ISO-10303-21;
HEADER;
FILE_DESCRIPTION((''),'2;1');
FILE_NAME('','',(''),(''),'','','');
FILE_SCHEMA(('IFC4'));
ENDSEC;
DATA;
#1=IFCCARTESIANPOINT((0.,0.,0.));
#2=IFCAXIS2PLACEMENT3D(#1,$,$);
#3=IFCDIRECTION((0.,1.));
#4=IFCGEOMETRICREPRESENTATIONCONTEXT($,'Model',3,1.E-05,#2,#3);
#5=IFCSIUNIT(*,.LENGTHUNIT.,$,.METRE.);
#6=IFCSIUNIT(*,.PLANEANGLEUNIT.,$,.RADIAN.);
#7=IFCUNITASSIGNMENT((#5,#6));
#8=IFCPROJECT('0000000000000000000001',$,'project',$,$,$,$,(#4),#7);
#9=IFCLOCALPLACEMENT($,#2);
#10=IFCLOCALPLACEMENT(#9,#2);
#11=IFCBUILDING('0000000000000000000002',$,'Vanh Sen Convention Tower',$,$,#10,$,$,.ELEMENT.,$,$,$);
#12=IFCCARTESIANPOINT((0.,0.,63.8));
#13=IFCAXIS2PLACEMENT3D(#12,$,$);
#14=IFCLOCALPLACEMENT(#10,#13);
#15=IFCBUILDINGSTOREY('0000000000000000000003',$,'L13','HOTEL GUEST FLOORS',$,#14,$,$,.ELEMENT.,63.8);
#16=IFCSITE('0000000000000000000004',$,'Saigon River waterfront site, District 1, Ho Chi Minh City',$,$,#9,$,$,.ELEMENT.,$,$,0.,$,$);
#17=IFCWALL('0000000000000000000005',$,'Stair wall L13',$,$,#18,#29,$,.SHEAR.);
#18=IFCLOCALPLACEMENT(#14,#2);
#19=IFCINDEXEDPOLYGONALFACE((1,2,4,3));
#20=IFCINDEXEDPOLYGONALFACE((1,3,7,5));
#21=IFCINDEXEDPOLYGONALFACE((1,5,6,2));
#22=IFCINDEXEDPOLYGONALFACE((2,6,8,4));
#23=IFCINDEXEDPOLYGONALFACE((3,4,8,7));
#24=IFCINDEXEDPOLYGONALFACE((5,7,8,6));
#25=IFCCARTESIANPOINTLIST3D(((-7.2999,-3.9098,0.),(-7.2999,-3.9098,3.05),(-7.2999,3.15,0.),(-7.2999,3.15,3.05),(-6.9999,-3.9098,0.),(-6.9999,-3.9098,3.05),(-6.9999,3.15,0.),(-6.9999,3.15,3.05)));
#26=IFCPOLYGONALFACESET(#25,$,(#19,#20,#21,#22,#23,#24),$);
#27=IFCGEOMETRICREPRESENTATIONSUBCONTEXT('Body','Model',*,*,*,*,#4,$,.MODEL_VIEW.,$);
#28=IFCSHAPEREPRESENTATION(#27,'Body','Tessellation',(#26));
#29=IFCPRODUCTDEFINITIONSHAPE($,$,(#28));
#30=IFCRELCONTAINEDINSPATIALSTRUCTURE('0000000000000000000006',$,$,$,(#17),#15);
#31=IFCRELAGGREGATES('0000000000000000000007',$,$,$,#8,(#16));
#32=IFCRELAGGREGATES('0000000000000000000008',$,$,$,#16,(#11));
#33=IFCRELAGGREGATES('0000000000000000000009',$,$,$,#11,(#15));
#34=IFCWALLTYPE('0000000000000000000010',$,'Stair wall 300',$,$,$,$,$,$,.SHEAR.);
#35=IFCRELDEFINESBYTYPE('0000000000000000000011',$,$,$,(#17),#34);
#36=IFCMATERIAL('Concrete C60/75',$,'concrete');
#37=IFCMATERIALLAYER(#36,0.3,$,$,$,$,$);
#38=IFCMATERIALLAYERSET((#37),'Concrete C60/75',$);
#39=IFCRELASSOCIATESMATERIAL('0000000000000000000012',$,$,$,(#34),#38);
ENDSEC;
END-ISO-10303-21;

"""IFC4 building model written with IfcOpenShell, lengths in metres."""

from ifc_helpers import new_model, si_unit, direction, frame, frame_2d, origin, place, context, subcontext, project, spatial, rectangle, extrude, material, layer, layer_set, type_object, element, save


model = new_model("IFC4")

# Units and contexts
model_context = context("Model", 3, precision=1e-05, world=origin(), true_north=direction((0.0, 1.0)))
body_context = subcontext(model_context, "Body", "Model", "MODEL_VIEW")
ifc_project = project(units=[si_unit("LENGTHUNIT", "METRE"), si_unit("PLANEANGLEUNIT", "RADIAN")], contexts=[model_context])

# Site, building, storey
site_placement = place(None, origin())
site = spatial("IfcSite", under=ifc_project, at=site_placement, Name="Saigon River waterfront site, District 1, Ho Chi Minh City", CompositionType="ELEMENT", RefElevation=0.0)
building_placement = place(site_placement, origin())
building = spatial("IfcBuilding", under=site, at=building_placement, Name="Vanh Sen Convention Tower", CompositionType="ELEMENT")
storey_placement = place(building_placement, frame((0.0, 0.0, 63.8)))
storey = spatial("IfcBuildingStorey", under=building, at=storey_placement, Name="L13", Description="HOTEL GUEST FLOORS", CompositionType="ELEMENT", Elevation=63.8)

# Shared definitions
ifc_material_1 = material(Name="Concrete C60/75", Category="concrete")

# Shared definitions
ifc_layer_1 = layer(ifc_material_1, 0.3)
ifc_layer_set_1 = layer_set([ifc_layer_1], Name="Concrete C60/75")
wall_type_1 = type_object("IfcWallType", Name="Stair wall 300", PredefinedType="SHEAR", material=ifc_layer_set_1)

# Wall
for number, where, z_axis, x_axis, name in (
    (1, (-7.1499, 3.1499, 0.0), (0.0, 0.0, 1.0), (0.0, -1.0, 0.0), "Stair wall L13"),
):
    element("IfcWall", number, at=place(storey_placement, frame(where, z_axis=z_axis, x_axis=x_axis)), inside=storey, type_object=wall_type_1, Name=name, PredefinedType="SHEAR", context=body_context, shape_type="SweptSolid", body=[
        extrude(rectangle(XDim=7.0598, YDim=0.3, at=frame_2d((3.5298, 0.0))), origin(), (0.0, 0.0, 1.0), 3.05),
    ])

save(model, "model.ifc")
